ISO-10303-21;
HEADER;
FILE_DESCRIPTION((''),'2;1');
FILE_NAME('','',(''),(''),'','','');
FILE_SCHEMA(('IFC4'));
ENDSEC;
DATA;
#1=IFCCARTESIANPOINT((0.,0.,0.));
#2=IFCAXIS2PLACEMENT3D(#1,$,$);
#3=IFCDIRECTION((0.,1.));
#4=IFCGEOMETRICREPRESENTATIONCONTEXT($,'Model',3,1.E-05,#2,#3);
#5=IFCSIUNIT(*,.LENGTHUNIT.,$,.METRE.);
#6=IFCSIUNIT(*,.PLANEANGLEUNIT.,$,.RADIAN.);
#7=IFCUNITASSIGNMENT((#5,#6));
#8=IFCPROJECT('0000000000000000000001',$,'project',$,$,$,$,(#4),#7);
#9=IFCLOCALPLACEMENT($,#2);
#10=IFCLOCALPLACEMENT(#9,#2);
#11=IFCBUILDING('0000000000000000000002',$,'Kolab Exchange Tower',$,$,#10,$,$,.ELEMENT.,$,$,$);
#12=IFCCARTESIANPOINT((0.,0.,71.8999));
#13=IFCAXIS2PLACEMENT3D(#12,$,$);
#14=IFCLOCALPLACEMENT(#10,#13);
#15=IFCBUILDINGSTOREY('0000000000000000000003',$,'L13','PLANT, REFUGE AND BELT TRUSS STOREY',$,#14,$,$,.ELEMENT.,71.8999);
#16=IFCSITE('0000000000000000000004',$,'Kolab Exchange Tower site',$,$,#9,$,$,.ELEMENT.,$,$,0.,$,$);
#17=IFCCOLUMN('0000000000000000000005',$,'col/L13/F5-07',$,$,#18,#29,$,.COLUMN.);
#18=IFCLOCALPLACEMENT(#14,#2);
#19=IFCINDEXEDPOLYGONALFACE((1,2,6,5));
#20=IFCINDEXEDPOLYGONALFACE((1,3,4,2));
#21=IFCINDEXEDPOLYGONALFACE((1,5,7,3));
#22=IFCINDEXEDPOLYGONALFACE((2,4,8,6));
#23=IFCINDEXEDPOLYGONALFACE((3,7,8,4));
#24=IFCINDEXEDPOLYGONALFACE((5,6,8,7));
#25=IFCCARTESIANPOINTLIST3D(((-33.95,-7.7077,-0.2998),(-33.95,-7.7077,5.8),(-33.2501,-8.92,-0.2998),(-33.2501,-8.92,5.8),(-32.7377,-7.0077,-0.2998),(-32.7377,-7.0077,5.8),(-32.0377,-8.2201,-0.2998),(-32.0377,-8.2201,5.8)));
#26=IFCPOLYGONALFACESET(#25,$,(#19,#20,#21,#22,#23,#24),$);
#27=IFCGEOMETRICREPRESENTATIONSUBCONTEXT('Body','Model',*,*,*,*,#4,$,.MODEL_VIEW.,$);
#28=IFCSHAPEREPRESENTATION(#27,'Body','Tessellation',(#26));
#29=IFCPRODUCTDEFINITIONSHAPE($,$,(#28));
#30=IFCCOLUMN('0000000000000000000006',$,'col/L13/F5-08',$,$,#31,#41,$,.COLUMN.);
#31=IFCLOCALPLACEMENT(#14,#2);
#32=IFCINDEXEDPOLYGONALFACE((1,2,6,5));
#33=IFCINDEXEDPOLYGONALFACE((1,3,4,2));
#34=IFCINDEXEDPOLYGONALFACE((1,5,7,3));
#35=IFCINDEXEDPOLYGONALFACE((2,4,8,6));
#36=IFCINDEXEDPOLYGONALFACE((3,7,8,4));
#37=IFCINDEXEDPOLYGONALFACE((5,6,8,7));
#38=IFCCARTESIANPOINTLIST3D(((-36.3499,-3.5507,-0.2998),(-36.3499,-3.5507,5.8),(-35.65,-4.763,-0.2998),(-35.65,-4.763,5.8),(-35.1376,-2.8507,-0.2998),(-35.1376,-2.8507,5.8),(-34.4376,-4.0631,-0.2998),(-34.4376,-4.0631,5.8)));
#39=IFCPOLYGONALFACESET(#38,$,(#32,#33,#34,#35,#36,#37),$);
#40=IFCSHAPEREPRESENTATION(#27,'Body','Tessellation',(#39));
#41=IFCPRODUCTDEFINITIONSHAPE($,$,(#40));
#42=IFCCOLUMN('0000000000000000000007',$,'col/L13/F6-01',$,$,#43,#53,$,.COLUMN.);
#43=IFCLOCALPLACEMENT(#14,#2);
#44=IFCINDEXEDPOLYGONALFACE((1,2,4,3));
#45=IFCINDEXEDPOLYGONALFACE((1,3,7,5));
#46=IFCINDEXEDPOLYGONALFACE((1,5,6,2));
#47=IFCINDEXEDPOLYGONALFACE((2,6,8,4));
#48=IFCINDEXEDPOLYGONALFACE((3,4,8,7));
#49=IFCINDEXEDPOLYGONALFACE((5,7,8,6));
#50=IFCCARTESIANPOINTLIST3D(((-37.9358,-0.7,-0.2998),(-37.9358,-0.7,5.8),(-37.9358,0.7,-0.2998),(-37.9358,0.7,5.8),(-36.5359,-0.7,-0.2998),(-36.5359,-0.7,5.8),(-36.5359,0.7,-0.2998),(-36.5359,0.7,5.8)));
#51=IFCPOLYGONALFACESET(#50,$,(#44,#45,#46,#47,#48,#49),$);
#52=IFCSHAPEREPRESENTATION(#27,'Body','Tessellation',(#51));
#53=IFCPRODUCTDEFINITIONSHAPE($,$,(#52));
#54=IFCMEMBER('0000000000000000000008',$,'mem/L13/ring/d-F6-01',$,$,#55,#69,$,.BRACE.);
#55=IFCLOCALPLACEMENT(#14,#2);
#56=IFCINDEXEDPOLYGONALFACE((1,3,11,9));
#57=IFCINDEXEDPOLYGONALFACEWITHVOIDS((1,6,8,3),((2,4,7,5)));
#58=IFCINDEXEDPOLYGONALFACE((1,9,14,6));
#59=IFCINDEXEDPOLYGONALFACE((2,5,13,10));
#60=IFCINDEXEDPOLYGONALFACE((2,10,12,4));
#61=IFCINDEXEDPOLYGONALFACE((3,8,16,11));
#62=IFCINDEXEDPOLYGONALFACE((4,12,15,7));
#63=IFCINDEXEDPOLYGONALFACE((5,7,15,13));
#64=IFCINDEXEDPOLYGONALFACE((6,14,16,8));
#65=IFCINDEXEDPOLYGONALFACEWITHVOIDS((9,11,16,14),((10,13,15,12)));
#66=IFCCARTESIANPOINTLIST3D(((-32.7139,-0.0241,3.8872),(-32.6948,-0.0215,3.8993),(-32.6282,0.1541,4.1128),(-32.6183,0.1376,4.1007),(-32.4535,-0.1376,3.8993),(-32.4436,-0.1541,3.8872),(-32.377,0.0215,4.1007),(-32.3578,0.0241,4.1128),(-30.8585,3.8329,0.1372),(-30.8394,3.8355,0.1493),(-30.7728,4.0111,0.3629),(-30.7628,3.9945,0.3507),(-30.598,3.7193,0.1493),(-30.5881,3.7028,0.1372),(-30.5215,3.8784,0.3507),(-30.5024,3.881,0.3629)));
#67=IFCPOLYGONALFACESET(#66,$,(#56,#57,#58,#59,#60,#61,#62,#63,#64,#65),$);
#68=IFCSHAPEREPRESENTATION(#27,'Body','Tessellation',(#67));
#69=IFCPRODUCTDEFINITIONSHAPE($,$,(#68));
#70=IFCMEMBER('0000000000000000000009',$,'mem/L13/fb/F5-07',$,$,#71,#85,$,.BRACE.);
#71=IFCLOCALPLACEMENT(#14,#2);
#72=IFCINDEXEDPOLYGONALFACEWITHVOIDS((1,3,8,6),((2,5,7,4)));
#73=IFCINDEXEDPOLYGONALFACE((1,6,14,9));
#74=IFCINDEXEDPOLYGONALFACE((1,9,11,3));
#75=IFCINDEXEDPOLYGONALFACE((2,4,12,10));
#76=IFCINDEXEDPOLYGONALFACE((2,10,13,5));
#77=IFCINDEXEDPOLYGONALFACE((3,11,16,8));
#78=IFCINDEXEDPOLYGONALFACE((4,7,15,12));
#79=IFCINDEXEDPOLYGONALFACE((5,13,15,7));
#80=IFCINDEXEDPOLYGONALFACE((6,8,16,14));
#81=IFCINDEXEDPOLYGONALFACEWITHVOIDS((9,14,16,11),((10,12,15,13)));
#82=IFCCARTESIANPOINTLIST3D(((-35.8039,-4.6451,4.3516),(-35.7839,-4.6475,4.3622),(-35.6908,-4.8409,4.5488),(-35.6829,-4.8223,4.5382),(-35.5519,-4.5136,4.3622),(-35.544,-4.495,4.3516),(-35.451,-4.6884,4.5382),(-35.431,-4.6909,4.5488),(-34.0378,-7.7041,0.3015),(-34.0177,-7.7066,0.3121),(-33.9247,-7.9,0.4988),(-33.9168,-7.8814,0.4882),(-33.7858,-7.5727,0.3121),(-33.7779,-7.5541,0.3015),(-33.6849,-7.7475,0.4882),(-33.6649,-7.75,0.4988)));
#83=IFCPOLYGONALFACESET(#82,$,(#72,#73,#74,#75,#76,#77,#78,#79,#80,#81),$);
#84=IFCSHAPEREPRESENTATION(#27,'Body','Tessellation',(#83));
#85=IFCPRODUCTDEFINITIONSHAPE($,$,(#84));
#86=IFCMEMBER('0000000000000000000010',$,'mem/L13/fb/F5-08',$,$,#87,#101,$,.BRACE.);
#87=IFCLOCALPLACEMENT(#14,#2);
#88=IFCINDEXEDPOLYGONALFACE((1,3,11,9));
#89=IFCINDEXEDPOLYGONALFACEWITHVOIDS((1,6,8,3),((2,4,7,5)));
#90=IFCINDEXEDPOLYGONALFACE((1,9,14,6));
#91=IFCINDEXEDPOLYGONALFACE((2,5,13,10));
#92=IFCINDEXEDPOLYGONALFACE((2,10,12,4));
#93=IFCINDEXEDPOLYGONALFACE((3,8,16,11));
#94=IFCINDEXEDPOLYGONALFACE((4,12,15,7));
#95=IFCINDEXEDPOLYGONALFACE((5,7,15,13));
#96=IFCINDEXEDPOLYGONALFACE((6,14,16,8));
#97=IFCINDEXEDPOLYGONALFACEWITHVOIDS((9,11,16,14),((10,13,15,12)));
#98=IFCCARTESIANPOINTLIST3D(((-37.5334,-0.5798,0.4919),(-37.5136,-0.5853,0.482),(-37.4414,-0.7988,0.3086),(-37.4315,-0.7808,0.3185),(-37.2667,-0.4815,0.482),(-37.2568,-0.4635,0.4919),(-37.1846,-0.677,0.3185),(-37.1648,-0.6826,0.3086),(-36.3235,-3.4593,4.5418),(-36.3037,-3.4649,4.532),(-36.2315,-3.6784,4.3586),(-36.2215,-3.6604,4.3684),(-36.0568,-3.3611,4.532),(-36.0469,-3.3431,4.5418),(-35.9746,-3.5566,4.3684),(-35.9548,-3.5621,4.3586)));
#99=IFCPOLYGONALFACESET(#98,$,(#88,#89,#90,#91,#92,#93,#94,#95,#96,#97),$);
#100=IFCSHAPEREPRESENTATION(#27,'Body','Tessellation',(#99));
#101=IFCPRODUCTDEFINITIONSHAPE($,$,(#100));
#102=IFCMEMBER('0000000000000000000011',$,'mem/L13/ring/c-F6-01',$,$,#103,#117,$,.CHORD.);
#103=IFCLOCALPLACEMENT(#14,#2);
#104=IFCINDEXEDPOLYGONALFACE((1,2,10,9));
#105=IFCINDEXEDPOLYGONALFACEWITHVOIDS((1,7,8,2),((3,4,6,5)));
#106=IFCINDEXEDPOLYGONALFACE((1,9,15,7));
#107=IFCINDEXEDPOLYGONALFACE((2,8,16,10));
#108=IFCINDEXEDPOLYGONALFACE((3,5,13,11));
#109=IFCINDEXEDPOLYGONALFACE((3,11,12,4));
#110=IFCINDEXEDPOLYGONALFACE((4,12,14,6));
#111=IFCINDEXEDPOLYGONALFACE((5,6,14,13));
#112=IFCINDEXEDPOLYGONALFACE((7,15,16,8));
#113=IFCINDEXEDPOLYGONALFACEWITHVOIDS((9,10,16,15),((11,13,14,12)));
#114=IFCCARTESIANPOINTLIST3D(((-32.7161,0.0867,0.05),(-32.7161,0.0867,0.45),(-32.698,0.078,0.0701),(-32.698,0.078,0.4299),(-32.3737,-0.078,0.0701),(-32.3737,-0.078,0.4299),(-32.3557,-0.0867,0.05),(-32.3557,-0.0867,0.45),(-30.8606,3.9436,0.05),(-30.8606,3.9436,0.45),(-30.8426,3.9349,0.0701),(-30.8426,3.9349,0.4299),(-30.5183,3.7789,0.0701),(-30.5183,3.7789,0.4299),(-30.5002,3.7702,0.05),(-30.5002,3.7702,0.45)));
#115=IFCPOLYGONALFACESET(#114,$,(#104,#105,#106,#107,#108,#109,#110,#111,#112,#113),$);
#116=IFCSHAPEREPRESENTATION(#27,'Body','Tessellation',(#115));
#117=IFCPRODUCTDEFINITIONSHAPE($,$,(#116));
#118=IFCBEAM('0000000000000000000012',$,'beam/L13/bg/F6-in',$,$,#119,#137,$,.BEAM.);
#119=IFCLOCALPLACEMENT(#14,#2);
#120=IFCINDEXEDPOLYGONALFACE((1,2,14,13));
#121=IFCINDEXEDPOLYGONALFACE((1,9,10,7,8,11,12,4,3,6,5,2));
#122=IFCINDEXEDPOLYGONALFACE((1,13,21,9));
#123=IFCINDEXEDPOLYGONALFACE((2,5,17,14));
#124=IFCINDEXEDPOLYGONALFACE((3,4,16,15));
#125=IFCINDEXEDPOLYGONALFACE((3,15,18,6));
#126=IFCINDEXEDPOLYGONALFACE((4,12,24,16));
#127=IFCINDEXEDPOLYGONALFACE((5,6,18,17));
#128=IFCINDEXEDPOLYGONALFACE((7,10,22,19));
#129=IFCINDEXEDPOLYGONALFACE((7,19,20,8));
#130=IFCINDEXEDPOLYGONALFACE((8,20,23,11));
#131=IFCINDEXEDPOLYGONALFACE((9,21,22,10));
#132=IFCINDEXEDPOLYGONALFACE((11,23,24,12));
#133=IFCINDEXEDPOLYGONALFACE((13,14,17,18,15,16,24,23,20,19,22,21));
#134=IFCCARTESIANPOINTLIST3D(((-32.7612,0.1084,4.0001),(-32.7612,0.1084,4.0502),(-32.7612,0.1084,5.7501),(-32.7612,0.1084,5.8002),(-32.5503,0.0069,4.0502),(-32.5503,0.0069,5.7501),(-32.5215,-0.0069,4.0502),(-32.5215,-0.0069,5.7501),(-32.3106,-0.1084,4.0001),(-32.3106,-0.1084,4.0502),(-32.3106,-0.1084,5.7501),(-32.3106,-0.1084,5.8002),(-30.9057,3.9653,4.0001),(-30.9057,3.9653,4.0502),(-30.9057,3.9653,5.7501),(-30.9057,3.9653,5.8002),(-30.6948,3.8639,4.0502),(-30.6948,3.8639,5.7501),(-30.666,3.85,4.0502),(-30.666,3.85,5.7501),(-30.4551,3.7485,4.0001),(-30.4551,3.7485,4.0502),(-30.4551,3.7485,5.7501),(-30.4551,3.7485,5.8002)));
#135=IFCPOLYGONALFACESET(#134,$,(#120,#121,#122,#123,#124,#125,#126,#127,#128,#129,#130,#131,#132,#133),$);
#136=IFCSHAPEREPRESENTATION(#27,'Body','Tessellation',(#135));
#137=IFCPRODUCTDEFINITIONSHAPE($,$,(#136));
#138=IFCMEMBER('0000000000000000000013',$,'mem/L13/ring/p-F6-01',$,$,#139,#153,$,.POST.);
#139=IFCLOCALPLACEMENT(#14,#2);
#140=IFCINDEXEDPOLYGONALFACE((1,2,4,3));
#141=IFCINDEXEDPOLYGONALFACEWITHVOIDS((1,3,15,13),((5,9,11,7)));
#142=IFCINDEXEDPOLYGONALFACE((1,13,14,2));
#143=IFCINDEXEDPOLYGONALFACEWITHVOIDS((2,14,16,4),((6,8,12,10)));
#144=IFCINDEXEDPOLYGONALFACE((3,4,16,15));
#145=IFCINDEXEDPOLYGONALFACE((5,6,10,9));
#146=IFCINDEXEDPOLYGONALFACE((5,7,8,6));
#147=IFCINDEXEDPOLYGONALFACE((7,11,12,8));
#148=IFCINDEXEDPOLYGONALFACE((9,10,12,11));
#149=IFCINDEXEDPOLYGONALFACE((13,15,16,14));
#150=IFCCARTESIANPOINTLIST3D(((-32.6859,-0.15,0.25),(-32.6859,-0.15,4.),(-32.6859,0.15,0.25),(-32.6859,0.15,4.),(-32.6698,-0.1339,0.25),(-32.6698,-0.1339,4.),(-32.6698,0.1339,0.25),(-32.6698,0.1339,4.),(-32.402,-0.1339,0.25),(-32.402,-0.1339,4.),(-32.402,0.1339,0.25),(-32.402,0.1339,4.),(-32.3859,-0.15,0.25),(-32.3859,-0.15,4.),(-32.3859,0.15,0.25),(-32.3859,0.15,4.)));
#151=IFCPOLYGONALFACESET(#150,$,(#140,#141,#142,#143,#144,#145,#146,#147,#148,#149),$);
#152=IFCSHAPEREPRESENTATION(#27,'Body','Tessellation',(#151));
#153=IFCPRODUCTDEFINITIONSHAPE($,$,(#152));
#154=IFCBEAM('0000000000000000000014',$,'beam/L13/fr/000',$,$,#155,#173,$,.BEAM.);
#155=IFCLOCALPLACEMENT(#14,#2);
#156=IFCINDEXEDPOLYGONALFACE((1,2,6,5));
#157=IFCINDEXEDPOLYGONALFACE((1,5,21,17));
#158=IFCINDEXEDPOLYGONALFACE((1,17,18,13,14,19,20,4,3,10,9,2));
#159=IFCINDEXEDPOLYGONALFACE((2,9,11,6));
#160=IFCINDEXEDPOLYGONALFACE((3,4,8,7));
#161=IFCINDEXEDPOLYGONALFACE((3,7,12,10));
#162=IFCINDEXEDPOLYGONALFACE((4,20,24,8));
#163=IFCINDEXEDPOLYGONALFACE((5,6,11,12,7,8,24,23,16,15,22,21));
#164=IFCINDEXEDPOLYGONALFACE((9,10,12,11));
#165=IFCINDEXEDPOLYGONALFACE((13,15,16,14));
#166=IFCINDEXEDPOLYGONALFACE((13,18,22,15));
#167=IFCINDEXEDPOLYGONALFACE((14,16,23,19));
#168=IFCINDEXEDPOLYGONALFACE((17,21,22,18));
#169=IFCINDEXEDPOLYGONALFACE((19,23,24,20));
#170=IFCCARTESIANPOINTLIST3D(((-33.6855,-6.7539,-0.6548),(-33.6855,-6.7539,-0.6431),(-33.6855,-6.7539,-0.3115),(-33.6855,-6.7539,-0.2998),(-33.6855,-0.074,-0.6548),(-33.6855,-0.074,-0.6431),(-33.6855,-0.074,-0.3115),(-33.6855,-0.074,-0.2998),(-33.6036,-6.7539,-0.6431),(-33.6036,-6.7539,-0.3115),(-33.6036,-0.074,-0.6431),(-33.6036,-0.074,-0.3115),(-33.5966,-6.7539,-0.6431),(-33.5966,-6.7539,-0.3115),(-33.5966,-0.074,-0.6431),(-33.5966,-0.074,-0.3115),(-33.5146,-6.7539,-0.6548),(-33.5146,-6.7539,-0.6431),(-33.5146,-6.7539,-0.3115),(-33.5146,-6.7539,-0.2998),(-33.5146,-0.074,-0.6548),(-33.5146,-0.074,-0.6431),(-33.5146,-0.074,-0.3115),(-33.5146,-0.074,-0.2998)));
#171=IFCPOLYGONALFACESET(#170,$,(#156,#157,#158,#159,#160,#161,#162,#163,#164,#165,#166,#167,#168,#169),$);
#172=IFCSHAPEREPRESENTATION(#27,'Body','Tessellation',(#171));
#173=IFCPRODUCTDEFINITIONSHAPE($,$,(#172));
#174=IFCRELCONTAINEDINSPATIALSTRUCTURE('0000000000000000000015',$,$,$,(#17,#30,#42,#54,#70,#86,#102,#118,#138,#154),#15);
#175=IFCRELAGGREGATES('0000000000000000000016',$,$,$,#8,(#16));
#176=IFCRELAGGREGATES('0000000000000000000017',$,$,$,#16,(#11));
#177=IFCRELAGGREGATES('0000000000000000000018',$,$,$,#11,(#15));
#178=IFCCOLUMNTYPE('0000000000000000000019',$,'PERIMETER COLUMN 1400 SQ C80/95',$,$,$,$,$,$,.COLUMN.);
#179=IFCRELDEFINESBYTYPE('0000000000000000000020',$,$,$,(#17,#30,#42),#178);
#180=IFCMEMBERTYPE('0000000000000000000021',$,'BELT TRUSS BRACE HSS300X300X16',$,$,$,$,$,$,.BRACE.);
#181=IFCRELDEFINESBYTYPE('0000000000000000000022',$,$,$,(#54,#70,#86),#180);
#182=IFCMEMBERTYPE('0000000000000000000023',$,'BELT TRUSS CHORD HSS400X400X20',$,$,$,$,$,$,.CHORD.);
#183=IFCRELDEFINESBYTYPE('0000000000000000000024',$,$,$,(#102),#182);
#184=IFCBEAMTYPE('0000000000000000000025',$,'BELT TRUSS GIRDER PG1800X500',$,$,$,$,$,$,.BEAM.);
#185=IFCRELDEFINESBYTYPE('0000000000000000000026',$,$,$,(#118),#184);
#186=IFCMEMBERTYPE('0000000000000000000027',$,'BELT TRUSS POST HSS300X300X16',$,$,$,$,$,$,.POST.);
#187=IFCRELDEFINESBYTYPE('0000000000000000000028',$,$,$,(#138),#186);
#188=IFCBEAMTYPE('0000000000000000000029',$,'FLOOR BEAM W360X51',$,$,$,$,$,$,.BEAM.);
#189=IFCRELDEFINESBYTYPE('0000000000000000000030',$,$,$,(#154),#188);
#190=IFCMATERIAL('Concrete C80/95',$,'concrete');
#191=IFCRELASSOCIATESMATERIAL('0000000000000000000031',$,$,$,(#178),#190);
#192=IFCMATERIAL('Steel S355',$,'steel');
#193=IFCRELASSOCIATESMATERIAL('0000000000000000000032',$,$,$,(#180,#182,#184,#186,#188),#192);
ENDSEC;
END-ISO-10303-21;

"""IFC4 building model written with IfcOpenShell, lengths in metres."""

from ifc_helpers import new_model, si_unit, direction, frame, origin, origin_2d, place, context, subcontext, project, spatial, rectangle, hollow_rectangle, i_section, extrude, material, material_profile, profile_set, type_object, element, save


model = new_model("IFC4")

# Units and contexts
model_context = context("Model", 3, precision=1e-05, world=origin(), true_north=direction((0.0, 1.0)))
body_context = subcontext(model_context, "Body", "Model", "MODEL_VIEW")
ifc_project = project(units=[si_unit("LENGTHUNIT", "METRE"), si_unit("PLANEANGLEUNIT", "RADIAN")], contexts=[model_context])

# Site, building, storey
site_placement = place(None, origin())
site = spatial("IfcSite", under=ifc_project, at=site_placement, Name="Kolab Exchange Tower site", CompositionType="ELEMENT", RefElevation=0.0)
building_placement = place(site_placement, origin())
building = spatial("IfcBuilding", under=site, at=building_placement, Name="Kolab Exchange Tower", CompositionType="ELEMENT")
storey_placement = place(building_placement, frame((0.0, 0.0, 71.8999)))
storey = spatial("IfcBuildingStorey", under=building, at=storey_placement, Name="L13", Description="PLANT, REFUGE AND BELT TRUSS STOREY", CompositionType="ELEMENT", Elevation=71.8999)

# Columns
ifc_material_1 = material(Name="Concrete C80/95", Category="concrete")
ifc_material_profile_1 = material_profile(ifc_material_1, rectangle(XDim=1.3999, YDim=1.3999, at=origin_2d()), Name="RC1400")
ifc_profile_set_1 = profile_set([ifc_material_profile_1], Name="Concrete C80/95")
column_type = type_object("IfcColumnType", Name="PERIMETER COLUMN 1400 SQ C80/95", PredefinedType="COLUMN", material=ifc_profile_set_1)
for number, where, z_axis, x_axis, name in (
    (1, (-32.9939, -7.9639, -0.2998), (0.0, 0.0, 1.0), (0.866025, 0.5, 0.0), "col/L13/F5-07"),
    (2, (-35.3938, -3.8069, -0.2998), (0.0, 0.0, 1.0), (0.866025, 0.5, 0.0), "col/L13/F5-08"),
    (3, (-37.2358, 0.0, -0.2998), (0.0, 0.0, 1.0), (1.0, 0.0, 0.0), "col/L13/F6-01"),
):
    element("IfcColumn", number, at=place(storey_placement, frame(where, z_axis=z_axis, x_axis=x_axis)), inside=storey, type_object=column_type, Name=name, PredefinedType="COLUMN", context=body_context, shape_type="SweptSolid", body=[
        extrude(rectangle(XDim=1.3999, YDim=1.3999, at=origin_2d()), origin(), (0.0, 0.0, 1.0), 6.0999),
    ])

# Members
ifc_material_2 = material(Name="Steel S355", Category="steel")
ifc_material_profile_2 = material_profile(ifc_material_2, hollow_rectangle(XDim=0.3, YDim=0.3, WallThickness=0.0161, at=origin_2d()), Name="HSS300X300X16")
ifc_profile_set_2 = profile_set([ifc_material_profile_2], Name="Steel S355")
member_type_1 = type_object("IfcMemberType", Name="BELT TRUSS BRACE HSS300X300X16", PredefinedType="BRACE", material=ifc_profile_set_2)
member_1_placement = place(storey_placement, frame((-32.5359, 0.0, 4.0), z_axis=(0.326067, 0.677791, -0.658999), x_axis=(-0.901145, 0.433517, 0.0)))
element("IfcMember", 4, at=member_1_placement, inside=storey, type_object=member_type_1, Name="mem/L13/ring/d-F6-01", PredefinedType="BRACE", context=body_context, shape_type="SweptSolid", body=[
    extrude(hollow_rectangle(XDim=0.3, YDim=0.3, WallThickness=0.0161, at=origin_2d()), origin(), (0.0, 0.0, 1.0), 5.6904),
])
member_2_placement = place(storey_placement, frame((-33.8513, -7.7271, 0.4001), z_axis=(-0.328639, 0.569236, 0.753636), x_axis=(-0.866031, -0.49999, 0.0)))
element("IfcMember", 5, at=member_2_placement, inside=storey, type_object=member_type_1, Name="mem/L13/fb/F5-07", PredefinedType="BRACE", context=body_context, shape_type="SweptSolid", body=[
    extrude(hollow_rectangle(XDim=0.3, YDim=0.3, WallThickness=0.0161, at=origin_2d()), origin(), (0.0, 0.0, 1.0), 5.374),
])
member_3_placement = place(storey_placement, frame((-36.1392, -3.5107, 4.4502), z_axis=(-0.23657, 0.563022, -0.791859), x_axis=(-0.921923, -0.387372, 0.0)))
element("IfcMember", 6, at=member_3_placement, inside=storey, type_object=member_type_1, Name="mem/L13/fb/F5-08", PredefinedType="BRACE", context=body_context, shape_type="SweptSolid", body=[
    extrude(hollow_rectangle(XDim=0.3, YDim=0.3, WallThickness=0.0161, at=origin_2d()), origin(), (0.0, 0.0, 1.0), 5.1145),
])
ifc_material_profile_3 = material_profile(ifc_material_2, hollow_rectangle(XDim=0.3999, YDim=0.3999, WallThickness=0.02, at=origin_2d()), Name="HSS400X400X20")
ifc_profile_set_3 = profile_set([ifc_material_profile_3], Name="Steel S355")
member_type_2 = type_object("IfcMemberType", Name="BELT TRUSS CHORD HSS400X400X20", PredefinedType="CHORD", material=ifc_profile_set_3)
member_4_placement = place(storey_placement, frame((-32.5359, 0.0, 0.25), z_axis=(0.433517, 0.901145, 0.0), x_axis=(-0.901145, 0.433517, 0.0)))
element("IfcMember", 7, at=member_4_placement, inside=storey, type_object=member_type_2, Name="mem/L13/ring/c-F6-01", PredefinedType="CHORD", context=body_context, shape_type="SweptSolid", body=[
    extrude(hollow_rectangle(XDim=0.3999, YDim=0.3999, WallThickness=0.02, at=origin_2d()), origin(), (0.0, 0.0, 1.0), 4.28),
])

# Beam
ifc_material_profile_4 = material_profile(ifc_material_2, i_section(OverallWidth=0.5, OverallDepth=1.8, WebThickness=0.032, FlangeThickness=0.05, at=origin_2d()), Name="PG1800X500")
ifc_profile_set_4 = profile_set([ifc_material_profile_4], Name="Steel S355")
beam_type_1 = type_object("IfcBeamType", Name="BELT TRUSS GIRDER PG1800X500", PredefinedType="BEAM", material=ifc_profile_set_4)
beam_1_placement = place(storey_placement, frame((-32.5359, 0.0, 4.9001), z_axis=(0.433517, 0.901145, 0.0), x_axis=(-0.901145, 0.433517, 0.0)))
element("IfcBeam", 8, at=beam_1_placement, inside=storey, type_object=beam_type_1, Name="beam/L13/bg/F6-in", PredefinedType="BEAM", context=body_context, shape_type="SweptSolid", body=[
    extrude(i_section(OverallWidth=0.5, OverallDepth=1.8, WebThickness=0.032, FlangeThickness=0.05, at=origin_2d()), origin(), (0.0, 0.0, 1.0), 4.28),
])

# Member
ifc_material_profile_5 = material_profile(ifc_material_2, hollow_rectangle(XDim=0.3, YDim=0.3, WallThickness=0.0161, at=origin_2d()), Name="HSS300X300X16")
ifc_profile_set_5 = profile_set([ifc_material_profile_5], Name="Steel S355")
member_type_3 = type_object("IfcMemberType", Name="BELT TRUSS POST HSS300X300X16", PredefinedType="POST", material=ifc_profile_set_5)
member_5_placement = place(storey_placement, frame((-32.5359, 0.0, 0.25), z_axis=(0.0, 0.0, 1.0), x_axis=(1.0, 0.0, 0.0)))
element("IfcMember", 9, at=member_5_placement, inside=storey, type_object=member_type_3, Name="mem/L13/ring/p-F6-01", PredefinedType="POST", context=body_context, shape_type="SweptSolid", body=[
    extrude(hollow_rectangle(XDim=0.3, YDim=0.3, WallThickness=0.0161, at=origin_2d()), origin(), (0.0, 0.0, 1.0), 3.75),
])

# Beam
ifc_material_profile_6 = material_profile(ifc_material_2, i_section(OverallWidth=0.1709, OverallDepth=0.355, WebThickness=0.0071, FlangeThickness=0.0117, at=origin_2d()), Name="W360X51")
ifc_profile_set_6 = profile_set([ifc_material_profile_6], Name="Steel S355")
beam_type_2 = type_object("IfcBeamType", Name="FLOOR BEAM W360X51", PredefinedType="BEAM", material=ifc_profile_set_6)
beam_2_placement = place(storey_placement, frame((-33.6001, -6.7539, -0.4773), z_axis=(0.0, 1.0, 0.0), x_axis=(-1.0, 0.0, 0.0)))
element("IfcBeam", 10, at=beam_2_placement, inside=storey, type_object=beam_type_2, Name="beam/L13/fr/000", PredefinedType="BEAM", context=body_context, shape_type="SweptSolid", body=[
    extrude(i_section(OverallWidth=0.1709, OverallDepth=0.355, WebThickness=0.0071, FlangeThickness=0.0117, at=origin_2d()), origin(), (0.0, 0.0, 1.0), 6.6799),
])

save(model, "model.ifc")
